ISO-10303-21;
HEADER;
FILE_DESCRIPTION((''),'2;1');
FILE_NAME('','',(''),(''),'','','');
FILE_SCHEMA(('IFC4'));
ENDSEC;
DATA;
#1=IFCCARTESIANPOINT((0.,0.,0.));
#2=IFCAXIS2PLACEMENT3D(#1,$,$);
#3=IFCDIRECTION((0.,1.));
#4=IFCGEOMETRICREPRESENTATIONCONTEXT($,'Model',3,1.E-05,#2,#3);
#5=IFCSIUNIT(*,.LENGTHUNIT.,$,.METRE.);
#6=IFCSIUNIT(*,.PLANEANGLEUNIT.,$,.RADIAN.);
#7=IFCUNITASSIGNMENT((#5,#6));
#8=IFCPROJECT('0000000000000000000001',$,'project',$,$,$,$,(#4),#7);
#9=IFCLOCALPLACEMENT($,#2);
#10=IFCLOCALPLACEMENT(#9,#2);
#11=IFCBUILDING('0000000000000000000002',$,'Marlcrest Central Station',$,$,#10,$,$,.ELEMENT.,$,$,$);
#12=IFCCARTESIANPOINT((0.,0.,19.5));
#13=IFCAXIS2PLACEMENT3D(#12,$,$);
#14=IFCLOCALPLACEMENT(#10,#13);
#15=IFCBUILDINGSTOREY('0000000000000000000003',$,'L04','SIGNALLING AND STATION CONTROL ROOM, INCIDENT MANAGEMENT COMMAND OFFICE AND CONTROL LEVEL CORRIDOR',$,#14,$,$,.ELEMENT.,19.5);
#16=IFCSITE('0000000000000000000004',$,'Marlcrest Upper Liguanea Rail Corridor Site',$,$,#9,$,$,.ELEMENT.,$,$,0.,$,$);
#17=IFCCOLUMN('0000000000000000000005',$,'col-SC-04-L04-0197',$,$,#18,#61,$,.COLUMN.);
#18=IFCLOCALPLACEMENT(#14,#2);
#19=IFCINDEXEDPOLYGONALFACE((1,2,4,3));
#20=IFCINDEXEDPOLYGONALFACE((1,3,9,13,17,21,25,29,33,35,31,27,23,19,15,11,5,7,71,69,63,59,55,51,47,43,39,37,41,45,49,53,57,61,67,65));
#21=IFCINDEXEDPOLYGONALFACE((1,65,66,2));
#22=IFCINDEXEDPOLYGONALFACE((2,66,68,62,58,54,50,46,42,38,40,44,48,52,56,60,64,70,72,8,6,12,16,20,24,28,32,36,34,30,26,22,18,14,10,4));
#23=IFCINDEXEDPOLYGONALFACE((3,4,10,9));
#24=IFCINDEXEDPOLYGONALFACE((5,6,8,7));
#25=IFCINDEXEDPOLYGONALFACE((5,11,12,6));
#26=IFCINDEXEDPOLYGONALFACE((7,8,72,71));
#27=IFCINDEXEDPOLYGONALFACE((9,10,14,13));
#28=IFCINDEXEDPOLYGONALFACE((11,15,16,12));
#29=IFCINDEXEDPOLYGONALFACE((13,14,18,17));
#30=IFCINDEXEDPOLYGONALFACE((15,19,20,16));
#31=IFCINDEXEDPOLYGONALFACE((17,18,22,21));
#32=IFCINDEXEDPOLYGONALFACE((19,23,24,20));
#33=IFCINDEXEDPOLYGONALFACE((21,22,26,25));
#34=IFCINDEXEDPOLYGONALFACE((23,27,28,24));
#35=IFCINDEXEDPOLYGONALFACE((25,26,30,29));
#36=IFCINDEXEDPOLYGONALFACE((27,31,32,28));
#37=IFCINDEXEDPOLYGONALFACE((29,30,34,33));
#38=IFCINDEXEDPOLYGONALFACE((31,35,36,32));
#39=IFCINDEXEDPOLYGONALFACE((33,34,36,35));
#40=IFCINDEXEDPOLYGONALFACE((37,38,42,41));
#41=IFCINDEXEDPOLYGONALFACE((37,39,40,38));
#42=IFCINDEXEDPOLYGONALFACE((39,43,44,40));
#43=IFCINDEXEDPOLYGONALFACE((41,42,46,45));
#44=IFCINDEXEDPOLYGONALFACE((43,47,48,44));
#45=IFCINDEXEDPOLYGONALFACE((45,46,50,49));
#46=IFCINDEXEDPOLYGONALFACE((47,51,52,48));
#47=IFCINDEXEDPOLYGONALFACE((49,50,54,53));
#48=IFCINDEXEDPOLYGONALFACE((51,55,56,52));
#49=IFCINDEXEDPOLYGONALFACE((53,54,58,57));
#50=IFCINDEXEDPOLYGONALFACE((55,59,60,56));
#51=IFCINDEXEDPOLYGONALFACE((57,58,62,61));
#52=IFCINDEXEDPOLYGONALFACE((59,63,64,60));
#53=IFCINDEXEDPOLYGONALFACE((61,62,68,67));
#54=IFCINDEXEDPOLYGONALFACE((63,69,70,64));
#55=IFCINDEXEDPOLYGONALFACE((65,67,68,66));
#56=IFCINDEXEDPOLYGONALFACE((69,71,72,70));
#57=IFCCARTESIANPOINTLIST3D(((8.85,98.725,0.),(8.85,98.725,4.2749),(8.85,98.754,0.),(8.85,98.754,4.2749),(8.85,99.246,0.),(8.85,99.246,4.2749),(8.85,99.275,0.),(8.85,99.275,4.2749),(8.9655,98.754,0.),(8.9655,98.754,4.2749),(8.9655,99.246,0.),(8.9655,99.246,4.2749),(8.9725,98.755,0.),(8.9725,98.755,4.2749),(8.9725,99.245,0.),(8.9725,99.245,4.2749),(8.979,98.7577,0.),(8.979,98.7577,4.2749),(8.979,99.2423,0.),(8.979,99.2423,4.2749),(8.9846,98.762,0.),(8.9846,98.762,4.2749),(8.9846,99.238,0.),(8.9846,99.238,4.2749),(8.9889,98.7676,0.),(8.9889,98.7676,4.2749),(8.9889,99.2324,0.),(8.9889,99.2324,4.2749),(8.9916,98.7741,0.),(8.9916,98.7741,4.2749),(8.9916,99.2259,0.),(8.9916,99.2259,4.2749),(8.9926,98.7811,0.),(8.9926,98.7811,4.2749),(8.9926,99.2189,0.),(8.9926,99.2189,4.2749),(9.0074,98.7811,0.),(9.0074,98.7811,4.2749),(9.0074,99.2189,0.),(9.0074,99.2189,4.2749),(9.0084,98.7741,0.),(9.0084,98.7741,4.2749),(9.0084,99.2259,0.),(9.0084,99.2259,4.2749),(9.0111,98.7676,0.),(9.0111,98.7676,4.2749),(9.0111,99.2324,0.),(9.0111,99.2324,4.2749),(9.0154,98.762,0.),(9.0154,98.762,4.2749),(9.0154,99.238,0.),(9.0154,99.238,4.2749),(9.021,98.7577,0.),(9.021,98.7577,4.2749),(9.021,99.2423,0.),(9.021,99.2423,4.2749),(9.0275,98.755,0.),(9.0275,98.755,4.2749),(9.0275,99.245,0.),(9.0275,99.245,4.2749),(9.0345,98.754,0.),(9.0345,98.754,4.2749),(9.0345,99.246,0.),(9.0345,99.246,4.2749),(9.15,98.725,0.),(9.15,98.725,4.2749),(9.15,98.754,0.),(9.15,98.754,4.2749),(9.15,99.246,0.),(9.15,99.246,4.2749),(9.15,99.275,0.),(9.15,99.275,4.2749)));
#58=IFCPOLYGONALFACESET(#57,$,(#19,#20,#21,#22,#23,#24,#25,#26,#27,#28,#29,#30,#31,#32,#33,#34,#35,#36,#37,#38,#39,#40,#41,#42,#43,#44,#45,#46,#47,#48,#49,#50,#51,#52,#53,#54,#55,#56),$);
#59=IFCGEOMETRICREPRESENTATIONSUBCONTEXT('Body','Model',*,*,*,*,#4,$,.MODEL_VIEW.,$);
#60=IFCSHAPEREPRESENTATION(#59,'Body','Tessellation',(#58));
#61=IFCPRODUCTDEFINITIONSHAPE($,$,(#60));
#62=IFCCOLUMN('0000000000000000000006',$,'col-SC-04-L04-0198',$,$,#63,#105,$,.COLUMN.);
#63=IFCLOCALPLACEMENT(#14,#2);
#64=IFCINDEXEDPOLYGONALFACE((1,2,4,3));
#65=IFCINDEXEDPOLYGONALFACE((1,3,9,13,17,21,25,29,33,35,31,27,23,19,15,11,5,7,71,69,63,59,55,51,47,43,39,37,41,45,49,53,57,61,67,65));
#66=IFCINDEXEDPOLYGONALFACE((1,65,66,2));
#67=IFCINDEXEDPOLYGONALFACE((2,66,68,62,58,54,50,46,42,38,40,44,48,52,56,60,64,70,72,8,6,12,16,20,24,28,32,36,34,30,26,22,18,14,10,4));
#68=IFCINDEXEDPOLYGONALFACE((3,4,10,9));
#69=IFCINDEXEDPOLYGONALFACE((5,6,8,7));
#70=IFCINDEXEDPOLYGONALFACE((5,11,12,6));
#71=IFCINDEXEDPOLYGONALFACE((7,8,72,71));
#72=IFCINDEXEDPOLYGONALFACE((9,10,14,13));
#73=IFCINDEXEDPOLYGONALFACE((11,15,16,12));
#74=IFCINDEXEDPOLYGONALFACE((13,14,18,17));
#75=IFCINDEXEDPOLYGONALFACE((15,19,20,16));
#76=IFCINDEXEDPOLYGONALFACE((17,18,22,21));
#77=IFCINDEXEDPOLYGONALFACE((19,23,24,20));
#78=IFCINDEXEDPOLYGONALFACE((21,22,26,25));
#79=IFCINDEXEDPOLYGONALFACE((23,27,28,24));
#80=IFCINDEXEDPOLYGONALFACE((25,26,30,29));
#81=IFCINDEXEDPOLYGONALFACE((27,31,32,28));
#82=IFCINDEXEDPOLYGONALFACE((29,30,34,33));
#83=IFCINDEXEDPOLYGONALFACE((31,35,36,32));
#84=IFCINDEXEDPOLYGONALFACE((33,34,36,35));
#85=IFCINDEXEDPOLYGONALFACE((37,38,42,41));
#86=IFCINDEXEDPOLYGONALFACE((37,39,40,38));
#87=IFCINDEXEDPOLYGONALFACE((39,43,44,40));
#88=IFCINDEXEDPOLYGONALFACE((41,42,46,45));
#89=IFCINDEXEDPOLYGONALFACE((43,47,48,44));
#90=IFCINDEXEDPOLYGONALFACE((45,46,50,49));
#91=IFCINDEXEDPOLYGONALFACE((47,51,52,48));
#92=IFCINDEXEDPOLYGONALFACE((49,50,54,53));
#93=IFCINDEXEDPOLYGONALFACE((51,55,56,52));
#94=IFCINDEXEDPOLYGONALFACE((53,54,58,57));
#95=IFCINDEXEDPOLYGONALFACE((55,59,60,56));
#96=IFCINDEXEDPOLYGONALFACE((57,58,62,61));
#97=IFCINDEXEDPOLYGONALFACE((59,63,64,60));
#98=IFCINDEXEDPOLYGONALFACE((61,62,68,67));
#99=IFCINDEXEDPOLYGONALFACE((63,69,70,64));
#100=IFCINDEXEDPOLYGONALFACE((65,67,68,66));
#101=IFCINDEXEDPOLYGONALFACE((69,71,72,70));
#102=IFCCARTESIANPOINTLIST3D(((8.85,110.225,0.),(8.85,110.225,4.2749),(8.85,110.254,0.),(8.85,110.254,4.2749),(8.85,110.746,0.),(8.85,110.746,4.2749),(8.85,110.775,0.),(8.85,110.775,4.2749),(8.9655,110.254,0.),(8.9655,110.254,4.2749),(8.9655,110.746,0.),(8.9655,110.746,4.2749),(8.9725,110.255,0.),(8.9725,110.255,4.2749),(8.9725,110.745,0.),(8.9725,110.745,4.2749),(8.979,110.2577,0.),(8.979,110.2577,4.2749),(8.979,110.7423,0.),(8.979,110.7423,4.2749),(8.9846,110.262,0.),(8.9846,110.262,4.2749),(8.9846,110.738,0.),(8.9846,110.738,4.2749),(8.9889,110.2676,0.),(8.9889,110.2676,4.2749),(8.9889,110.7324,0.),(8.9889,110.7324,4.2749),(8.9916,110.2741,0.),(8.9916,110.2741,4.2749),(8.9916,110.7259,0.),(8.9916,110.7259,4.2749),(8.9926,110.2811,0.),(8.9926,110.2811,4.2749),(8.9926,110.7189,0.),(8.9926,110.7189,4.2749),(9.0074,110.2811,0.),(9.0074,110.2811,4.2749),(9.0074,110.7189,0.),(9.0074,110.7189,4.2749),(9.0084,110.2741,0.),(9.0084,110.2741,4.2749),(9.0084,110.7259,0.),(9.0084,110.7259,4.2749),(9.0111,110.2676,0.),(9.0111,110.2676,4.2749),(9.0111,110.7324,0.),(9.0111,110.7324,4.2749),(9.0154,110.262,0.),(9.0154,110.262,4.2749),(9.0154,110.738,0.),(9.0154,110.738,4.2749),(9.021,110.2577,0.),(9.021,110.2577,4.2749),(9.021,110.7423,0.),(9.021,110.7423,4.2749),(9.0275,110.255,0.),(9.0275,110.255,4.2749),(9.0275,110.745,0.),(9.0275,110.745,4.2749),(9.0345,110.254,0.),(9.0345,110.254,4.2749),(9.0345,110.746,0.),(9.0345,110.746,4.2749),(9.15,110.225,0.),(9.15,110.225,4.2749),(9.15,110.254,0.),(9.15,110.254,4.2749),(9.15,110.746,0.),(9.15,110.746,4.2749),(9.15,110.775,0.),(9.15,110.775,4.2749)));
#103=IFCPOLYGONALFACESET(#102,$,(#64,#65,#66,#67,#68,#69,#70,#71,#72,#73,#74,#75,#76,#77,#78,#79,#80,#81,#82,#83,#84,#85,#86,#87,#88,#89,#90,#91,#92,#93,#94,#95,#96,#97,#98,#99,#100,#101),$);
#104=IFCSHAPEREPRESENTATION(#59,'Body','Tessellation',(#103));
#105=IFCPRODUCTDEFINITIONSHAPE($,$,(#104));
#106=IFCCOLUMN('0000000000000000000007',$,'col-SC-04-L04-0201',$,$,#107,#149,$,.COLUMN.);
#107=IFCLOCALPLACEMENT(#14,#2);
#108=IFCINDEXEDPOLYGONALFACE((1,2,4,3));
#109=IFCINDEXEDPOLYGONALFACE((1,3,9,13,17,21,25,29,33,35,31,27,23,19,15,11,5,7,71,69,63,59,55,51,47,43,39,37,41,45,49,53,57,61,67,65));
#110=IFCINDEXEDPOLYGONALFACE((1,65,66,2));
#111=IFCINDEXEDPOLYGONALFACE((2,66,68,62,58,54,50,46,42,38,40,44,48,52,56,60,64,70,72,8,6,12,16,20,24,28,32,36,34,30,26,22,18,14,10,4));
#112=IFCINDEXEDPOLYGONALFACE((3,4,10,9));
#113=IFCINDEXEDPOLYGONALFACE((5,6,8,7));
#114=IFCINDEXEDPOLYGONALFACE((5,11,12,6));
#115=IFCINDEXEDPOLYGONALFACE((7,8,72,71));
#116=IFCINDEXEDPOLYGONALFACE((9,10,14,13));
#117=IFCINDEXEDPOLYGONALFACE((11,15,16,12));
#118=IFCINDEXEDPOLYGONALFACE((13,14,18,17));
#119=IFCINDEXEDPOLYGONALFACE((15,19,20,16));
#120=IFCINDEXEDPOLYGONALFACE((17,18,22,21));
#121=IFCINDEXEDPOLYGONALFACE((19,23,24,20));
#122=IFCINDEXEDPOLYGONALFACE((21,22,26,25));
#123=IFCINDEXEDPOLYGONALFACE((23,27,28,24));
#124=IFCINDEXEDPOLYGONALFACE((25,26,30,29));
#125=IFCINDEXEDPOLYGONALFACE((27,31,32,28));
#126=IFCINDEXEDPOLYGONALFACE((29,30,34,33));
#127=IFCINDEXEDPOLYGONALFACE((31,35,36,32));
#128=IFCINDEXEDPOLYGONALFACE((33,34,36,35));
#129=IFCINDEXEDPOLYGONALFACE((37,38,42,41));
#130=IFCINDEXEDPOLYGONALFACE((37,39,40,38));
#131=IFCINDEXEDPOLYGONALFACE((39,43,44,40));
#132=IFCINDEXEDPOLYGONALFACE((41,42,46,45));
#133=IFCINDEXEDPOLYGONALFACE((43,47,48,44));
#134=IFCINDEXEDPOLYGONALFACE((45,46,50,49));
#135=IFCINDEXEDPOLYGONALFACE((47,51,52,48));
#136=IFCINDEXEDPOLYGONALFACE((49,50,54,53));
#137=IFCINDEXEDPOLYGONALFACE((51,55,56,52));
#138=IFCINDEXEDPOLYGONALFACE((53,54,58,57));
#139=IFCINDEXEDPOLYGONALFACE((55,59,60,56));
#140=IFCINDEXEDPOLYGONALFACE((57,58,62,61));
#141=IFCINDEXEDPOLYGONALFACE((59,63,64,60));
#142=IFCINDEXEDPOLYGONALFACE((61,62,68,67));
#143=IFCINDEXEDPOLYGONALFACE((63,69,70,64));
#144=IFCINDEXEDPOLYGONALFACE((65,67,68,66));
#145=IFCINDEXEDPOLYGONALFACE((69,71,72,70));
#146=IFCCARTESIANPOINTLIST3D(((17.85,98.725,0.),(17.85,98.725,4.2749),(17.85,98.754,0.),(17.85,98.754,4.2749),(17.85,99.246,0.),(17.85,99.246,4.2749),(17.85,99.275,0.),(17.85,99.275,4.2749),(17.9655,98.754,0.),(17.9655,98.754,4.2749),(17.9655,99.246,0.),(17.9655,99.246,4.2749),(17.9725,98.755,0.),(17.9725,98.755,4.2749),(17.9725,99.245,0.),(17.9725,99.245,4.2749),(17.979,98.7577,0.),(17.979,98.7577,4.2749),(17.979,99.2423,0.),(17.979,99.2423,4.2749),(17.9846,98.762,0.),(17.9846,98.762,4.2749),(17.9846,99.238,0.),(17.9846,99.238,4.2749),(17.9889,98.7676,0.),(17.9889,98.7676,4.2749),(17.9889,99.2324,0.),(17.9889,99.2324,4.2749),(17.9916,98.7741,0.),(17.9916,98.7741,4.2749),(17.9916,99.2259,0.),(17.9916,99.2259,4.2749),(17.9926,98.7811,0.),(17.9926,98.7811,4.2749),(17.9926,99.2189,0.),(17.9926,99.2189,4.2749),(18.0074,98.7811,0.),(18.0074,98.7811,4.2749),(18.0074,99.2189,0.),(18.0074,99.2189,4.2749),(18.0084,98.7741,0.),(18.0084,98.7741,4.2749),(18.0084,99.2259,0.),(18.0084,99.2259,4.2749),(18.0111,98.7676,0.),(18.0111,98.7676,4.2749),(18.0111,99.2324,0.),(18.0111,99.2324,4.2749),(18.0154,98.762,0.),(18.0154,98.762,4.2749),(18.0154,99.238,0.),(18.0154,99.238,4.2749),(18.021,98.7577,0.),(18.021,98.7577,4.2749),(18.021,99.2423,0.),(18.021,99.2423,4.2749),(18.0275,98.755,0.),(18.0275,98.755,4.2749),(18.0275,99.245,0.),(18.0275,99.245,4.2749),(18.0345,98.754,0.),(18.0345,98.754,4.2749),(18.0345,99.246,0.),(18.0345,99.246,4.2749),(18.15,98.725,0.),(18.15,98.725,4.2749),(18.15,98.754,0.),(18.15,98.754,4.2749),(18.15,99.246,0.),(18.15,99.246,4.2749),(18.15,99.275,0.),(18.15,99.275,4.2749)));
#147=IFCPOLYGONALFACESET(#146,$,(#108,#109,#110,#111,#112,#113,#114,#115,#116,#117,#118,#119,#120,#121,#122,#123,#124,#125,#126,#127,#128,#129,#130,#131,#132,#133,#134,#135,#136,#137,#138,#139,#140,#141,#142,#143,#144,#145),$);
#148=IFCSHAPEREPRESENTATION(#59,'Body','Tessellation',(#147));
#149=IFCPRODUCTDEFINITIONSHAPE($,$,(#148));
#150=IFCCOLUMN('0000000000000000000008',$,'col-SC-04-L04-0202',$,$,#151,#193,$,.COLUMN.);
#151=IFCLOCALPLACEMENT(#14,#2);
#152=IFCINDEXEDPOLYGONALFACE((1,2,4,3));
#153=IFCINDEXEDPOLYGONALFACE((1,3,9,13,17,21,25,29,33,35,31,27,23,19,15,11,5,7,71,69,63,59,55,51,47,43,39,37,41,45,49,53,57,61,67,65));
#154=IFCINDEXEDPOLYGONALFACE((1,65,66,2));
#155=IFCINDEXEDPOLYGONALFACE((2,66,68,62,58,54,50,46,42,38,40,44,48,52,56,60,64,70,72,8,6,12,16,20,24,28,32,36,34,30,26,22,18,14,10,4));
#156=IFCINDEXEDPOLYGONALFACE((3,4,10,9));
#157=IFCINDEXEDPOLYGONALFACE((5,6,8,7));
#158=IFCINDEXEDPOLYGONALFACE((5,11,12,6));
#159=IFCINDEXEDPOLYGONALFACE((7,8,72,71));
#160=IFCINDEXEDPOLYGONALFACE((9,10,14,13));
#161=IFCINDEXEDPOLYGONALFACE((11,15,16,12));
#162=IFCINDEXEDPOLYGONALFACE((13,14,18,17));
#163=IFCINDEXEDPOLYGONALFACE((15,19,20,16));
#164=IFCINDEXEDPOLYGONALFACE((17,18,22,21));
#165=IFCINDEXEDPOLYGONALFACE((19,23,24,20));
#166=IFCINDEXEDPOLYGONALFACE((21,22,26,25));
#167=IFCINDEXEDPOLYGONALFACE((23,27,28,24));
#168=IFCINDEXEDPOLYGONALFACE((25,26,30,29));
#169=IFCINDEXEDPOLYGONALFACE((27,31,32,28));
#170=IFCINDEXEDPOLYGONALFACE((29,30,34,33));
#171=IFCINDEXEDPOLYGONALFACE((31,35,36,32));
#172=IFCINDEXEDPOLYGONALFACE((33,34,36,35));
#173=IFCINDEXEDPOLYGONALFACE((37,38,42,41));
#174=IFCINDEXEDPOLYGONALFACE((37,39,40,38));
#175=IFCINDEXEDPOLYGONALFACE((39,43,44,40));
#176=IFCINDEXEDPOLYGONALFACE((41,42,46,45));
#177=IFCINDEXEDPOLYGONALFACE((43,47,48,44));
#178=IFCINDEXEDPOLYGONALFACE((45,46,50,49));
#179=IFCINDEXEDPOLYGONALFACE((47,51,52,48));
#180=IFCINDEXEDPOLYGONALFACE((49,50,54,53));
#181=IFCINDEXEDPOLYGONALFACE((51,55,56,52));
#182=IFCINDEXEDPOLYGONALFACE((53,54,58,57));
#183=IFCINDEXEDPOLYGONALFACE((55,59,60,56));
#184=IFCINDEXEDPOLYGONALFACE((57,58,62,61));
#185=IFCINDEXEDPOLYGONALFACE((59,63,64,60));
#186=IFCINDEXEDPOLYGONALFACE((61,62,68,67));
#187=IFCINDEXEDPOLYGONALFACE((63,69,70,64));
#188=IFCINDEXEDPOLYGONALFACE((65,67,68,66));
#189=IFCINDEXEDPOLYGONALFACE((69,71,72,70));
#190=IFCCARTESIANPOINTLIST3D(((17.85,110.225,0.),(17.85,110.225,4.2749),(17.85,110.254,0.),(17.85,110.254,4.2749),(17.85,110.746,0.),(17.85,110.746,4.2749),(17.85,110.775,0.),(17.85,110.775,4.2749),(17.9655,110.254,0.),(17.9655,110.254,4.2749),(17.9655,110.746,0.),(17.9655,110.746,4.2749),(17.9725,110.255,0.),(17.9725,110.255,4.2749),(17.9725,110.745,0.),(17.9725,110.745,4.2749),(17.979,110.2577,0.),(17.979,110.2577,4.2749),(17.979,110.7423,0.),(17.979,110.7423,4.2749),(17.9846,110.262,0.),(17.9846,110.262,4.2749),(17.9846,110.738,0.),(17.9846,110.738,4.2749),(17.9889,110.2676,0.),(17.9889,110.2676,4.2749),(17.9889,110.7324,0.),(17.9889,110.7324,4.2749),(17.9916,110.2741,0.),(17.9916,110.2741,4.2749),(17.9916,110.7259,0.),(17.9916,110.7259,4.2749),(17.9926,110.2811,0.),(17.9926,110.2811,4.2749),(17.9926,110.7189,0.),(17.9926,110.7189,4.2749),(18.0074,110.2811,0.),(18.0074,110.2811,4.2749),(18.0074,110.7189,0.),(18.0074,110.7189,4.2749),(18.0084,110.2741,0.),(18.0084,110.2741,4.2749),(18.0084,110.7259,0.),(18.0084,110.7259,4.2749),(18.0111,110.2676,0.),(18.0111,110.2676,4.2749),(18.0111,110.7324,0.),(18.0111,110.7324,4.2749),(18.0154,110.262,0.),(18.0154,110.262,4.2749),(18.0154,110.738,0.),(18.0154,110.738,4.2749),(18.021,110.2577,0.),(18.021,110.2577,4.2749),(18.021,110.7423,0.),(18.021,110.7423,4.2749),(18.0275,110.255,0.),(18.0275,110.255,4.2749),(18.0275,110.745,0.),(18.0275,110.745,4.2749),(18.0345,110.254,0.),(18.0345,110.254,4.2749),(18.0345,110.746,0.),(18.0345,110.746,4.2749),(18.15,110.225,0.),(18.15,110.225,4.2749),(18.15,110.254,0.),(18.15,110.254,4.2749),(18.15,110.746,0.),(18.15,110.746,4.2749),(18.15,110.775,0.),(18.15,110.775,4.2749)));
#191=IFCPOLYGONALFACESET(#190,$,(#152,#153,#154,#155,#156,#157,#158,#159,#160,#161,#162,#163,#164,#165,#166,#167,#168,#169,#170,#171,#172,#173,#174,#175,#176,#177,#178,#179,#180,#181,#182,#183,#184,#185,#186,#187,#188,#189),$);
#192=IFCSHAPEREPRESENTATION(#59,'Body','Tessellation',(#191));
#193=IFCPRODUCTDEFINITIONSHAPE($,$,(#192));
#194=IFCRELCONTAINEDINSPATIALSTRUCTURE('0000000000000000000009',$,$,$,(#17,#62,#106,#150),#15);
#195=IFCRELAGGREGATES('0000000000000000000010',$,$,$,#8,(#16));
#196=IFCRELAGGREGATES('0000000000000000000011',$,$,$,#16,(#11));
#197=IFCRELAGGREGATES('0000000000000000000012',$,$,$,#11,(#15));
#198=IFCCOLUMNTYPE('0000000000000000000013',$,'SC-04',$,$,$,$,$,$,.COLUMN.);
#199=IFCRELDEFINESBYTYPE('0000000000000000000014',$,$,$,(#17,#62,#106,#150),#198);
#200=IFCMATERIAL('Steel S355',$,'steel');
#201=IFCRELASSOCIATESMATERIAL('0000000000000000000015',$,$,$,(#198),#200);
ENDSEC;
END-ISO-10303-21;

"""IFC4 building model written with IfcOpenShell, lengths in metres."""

from ifc_helpers import new_model, si_unit, direction, frame, origin, origin_2d, place, context, subcontext, project, spatial, i_section, extrude, material, material_profile, profile_set, type_object, element, save


model = new_model("IFC4")

# Units and contexts
model_context = context("Model", 3, precision=1e-05, world=origin(), true_north=direction((0.0, 1.0)))
body_context = subcontext(model_context, "Body", "Model", "MODEL_VIEW")
ifc_project = project(units=[si_unit("LENGTHUNIT", "METRE"), si_unit("PLANEANGLEUNIT", "RADIAN")], contexts=[model_context])

# Site, building, storey
site_placement = place(None, origin())
site = spatial("IfcSite", under=ifc_project, at=site_placement, Name="Marlcrest Upper Liguanea Rail Corridor Site", CompositionType="ELEMENT", RefElevation=0.0)
building_placement = place(site_placement, origin())
building = spatial("IfcBuilding", under=site, at=building_placement, Name="Marlcrest Central Station", CompositionType="ELEMENT")
storey_placement = place(building_placement, frame((0.0, 0.0, 19.5)))
storey = spatial("IfcBuildingStorey", under=building, at=storey_placement, Name="L04", Description="SIGNALLING AND STATION CONTROL ROOM, INCIDENT MANAGEMENT COMMAND OFFICE AND CONTROL LEVEL CORRIDOR", CompositionType="ELEMENT", Elevation=19.5)

# Columns
ifc_material_1 = material(Name="Steel S355", Category="steel")
ifc_material_profile_1 = material_profile(ifc_material_1, i_section(OverallWidth=0.3, OverallDepth=0.55, WebThickness=0.0149, FlangeThickness=0.0291, FilletRadius=0.0271, at=origin_2d()), Name="HEB 550")
ifc_profile_set_1 = profile_set([ifc_material_profile_1], Name="Steel S355")
column_type = type_object("IfcColumnType", Name="SC-04", PredefinedType="COLUMN", material=ifc_profile_set_1)
for number, where, z_axis, x_axis, name in (
    (1, (9.0, 99.0, 0.0), (0.0, 0.0, 1.0), (1.0, 0.0, 0.0), "col-SC-04-L04-0197"),
    (2, (9.0, 110.5, 0.0), (0.0, 0.0, 1.0), (1.0, 0.0, 0.0), "col-SC-04-L04-0198"),
    (3, (18.0, 99.0, 0.0), (0.0, 0.0, 1.0), (1.0, 0.0, 0.0), "col-SC-04-L04-0201"),
    (4, (18.0, 110.5, 0.0), (0.0, 0.0, 1.0), (1.0, 0.0, 0.0), "col-SC-04-L04-0202"),
):
    element("IfcColumn", number, at=place(storey_placement, frame(where, z_axis=z_axis, x_axis=x_axis)), inside=storey, type_object=column_type, Name=name, PredefinedType="COLUMN", context=body_context, shape_type="SweptSolid", body=[
        extrude(i_section(OverallWidth=0.3, OverallDepth=0.55, WebThickness=0.0149, FlangeThickness=0.0291, FilletRadius=0.0271, at=origin_2d()), origin(), (0.0, 0.0, 1.0), 4.2749),
    ])

save(model, "model.ifc")
